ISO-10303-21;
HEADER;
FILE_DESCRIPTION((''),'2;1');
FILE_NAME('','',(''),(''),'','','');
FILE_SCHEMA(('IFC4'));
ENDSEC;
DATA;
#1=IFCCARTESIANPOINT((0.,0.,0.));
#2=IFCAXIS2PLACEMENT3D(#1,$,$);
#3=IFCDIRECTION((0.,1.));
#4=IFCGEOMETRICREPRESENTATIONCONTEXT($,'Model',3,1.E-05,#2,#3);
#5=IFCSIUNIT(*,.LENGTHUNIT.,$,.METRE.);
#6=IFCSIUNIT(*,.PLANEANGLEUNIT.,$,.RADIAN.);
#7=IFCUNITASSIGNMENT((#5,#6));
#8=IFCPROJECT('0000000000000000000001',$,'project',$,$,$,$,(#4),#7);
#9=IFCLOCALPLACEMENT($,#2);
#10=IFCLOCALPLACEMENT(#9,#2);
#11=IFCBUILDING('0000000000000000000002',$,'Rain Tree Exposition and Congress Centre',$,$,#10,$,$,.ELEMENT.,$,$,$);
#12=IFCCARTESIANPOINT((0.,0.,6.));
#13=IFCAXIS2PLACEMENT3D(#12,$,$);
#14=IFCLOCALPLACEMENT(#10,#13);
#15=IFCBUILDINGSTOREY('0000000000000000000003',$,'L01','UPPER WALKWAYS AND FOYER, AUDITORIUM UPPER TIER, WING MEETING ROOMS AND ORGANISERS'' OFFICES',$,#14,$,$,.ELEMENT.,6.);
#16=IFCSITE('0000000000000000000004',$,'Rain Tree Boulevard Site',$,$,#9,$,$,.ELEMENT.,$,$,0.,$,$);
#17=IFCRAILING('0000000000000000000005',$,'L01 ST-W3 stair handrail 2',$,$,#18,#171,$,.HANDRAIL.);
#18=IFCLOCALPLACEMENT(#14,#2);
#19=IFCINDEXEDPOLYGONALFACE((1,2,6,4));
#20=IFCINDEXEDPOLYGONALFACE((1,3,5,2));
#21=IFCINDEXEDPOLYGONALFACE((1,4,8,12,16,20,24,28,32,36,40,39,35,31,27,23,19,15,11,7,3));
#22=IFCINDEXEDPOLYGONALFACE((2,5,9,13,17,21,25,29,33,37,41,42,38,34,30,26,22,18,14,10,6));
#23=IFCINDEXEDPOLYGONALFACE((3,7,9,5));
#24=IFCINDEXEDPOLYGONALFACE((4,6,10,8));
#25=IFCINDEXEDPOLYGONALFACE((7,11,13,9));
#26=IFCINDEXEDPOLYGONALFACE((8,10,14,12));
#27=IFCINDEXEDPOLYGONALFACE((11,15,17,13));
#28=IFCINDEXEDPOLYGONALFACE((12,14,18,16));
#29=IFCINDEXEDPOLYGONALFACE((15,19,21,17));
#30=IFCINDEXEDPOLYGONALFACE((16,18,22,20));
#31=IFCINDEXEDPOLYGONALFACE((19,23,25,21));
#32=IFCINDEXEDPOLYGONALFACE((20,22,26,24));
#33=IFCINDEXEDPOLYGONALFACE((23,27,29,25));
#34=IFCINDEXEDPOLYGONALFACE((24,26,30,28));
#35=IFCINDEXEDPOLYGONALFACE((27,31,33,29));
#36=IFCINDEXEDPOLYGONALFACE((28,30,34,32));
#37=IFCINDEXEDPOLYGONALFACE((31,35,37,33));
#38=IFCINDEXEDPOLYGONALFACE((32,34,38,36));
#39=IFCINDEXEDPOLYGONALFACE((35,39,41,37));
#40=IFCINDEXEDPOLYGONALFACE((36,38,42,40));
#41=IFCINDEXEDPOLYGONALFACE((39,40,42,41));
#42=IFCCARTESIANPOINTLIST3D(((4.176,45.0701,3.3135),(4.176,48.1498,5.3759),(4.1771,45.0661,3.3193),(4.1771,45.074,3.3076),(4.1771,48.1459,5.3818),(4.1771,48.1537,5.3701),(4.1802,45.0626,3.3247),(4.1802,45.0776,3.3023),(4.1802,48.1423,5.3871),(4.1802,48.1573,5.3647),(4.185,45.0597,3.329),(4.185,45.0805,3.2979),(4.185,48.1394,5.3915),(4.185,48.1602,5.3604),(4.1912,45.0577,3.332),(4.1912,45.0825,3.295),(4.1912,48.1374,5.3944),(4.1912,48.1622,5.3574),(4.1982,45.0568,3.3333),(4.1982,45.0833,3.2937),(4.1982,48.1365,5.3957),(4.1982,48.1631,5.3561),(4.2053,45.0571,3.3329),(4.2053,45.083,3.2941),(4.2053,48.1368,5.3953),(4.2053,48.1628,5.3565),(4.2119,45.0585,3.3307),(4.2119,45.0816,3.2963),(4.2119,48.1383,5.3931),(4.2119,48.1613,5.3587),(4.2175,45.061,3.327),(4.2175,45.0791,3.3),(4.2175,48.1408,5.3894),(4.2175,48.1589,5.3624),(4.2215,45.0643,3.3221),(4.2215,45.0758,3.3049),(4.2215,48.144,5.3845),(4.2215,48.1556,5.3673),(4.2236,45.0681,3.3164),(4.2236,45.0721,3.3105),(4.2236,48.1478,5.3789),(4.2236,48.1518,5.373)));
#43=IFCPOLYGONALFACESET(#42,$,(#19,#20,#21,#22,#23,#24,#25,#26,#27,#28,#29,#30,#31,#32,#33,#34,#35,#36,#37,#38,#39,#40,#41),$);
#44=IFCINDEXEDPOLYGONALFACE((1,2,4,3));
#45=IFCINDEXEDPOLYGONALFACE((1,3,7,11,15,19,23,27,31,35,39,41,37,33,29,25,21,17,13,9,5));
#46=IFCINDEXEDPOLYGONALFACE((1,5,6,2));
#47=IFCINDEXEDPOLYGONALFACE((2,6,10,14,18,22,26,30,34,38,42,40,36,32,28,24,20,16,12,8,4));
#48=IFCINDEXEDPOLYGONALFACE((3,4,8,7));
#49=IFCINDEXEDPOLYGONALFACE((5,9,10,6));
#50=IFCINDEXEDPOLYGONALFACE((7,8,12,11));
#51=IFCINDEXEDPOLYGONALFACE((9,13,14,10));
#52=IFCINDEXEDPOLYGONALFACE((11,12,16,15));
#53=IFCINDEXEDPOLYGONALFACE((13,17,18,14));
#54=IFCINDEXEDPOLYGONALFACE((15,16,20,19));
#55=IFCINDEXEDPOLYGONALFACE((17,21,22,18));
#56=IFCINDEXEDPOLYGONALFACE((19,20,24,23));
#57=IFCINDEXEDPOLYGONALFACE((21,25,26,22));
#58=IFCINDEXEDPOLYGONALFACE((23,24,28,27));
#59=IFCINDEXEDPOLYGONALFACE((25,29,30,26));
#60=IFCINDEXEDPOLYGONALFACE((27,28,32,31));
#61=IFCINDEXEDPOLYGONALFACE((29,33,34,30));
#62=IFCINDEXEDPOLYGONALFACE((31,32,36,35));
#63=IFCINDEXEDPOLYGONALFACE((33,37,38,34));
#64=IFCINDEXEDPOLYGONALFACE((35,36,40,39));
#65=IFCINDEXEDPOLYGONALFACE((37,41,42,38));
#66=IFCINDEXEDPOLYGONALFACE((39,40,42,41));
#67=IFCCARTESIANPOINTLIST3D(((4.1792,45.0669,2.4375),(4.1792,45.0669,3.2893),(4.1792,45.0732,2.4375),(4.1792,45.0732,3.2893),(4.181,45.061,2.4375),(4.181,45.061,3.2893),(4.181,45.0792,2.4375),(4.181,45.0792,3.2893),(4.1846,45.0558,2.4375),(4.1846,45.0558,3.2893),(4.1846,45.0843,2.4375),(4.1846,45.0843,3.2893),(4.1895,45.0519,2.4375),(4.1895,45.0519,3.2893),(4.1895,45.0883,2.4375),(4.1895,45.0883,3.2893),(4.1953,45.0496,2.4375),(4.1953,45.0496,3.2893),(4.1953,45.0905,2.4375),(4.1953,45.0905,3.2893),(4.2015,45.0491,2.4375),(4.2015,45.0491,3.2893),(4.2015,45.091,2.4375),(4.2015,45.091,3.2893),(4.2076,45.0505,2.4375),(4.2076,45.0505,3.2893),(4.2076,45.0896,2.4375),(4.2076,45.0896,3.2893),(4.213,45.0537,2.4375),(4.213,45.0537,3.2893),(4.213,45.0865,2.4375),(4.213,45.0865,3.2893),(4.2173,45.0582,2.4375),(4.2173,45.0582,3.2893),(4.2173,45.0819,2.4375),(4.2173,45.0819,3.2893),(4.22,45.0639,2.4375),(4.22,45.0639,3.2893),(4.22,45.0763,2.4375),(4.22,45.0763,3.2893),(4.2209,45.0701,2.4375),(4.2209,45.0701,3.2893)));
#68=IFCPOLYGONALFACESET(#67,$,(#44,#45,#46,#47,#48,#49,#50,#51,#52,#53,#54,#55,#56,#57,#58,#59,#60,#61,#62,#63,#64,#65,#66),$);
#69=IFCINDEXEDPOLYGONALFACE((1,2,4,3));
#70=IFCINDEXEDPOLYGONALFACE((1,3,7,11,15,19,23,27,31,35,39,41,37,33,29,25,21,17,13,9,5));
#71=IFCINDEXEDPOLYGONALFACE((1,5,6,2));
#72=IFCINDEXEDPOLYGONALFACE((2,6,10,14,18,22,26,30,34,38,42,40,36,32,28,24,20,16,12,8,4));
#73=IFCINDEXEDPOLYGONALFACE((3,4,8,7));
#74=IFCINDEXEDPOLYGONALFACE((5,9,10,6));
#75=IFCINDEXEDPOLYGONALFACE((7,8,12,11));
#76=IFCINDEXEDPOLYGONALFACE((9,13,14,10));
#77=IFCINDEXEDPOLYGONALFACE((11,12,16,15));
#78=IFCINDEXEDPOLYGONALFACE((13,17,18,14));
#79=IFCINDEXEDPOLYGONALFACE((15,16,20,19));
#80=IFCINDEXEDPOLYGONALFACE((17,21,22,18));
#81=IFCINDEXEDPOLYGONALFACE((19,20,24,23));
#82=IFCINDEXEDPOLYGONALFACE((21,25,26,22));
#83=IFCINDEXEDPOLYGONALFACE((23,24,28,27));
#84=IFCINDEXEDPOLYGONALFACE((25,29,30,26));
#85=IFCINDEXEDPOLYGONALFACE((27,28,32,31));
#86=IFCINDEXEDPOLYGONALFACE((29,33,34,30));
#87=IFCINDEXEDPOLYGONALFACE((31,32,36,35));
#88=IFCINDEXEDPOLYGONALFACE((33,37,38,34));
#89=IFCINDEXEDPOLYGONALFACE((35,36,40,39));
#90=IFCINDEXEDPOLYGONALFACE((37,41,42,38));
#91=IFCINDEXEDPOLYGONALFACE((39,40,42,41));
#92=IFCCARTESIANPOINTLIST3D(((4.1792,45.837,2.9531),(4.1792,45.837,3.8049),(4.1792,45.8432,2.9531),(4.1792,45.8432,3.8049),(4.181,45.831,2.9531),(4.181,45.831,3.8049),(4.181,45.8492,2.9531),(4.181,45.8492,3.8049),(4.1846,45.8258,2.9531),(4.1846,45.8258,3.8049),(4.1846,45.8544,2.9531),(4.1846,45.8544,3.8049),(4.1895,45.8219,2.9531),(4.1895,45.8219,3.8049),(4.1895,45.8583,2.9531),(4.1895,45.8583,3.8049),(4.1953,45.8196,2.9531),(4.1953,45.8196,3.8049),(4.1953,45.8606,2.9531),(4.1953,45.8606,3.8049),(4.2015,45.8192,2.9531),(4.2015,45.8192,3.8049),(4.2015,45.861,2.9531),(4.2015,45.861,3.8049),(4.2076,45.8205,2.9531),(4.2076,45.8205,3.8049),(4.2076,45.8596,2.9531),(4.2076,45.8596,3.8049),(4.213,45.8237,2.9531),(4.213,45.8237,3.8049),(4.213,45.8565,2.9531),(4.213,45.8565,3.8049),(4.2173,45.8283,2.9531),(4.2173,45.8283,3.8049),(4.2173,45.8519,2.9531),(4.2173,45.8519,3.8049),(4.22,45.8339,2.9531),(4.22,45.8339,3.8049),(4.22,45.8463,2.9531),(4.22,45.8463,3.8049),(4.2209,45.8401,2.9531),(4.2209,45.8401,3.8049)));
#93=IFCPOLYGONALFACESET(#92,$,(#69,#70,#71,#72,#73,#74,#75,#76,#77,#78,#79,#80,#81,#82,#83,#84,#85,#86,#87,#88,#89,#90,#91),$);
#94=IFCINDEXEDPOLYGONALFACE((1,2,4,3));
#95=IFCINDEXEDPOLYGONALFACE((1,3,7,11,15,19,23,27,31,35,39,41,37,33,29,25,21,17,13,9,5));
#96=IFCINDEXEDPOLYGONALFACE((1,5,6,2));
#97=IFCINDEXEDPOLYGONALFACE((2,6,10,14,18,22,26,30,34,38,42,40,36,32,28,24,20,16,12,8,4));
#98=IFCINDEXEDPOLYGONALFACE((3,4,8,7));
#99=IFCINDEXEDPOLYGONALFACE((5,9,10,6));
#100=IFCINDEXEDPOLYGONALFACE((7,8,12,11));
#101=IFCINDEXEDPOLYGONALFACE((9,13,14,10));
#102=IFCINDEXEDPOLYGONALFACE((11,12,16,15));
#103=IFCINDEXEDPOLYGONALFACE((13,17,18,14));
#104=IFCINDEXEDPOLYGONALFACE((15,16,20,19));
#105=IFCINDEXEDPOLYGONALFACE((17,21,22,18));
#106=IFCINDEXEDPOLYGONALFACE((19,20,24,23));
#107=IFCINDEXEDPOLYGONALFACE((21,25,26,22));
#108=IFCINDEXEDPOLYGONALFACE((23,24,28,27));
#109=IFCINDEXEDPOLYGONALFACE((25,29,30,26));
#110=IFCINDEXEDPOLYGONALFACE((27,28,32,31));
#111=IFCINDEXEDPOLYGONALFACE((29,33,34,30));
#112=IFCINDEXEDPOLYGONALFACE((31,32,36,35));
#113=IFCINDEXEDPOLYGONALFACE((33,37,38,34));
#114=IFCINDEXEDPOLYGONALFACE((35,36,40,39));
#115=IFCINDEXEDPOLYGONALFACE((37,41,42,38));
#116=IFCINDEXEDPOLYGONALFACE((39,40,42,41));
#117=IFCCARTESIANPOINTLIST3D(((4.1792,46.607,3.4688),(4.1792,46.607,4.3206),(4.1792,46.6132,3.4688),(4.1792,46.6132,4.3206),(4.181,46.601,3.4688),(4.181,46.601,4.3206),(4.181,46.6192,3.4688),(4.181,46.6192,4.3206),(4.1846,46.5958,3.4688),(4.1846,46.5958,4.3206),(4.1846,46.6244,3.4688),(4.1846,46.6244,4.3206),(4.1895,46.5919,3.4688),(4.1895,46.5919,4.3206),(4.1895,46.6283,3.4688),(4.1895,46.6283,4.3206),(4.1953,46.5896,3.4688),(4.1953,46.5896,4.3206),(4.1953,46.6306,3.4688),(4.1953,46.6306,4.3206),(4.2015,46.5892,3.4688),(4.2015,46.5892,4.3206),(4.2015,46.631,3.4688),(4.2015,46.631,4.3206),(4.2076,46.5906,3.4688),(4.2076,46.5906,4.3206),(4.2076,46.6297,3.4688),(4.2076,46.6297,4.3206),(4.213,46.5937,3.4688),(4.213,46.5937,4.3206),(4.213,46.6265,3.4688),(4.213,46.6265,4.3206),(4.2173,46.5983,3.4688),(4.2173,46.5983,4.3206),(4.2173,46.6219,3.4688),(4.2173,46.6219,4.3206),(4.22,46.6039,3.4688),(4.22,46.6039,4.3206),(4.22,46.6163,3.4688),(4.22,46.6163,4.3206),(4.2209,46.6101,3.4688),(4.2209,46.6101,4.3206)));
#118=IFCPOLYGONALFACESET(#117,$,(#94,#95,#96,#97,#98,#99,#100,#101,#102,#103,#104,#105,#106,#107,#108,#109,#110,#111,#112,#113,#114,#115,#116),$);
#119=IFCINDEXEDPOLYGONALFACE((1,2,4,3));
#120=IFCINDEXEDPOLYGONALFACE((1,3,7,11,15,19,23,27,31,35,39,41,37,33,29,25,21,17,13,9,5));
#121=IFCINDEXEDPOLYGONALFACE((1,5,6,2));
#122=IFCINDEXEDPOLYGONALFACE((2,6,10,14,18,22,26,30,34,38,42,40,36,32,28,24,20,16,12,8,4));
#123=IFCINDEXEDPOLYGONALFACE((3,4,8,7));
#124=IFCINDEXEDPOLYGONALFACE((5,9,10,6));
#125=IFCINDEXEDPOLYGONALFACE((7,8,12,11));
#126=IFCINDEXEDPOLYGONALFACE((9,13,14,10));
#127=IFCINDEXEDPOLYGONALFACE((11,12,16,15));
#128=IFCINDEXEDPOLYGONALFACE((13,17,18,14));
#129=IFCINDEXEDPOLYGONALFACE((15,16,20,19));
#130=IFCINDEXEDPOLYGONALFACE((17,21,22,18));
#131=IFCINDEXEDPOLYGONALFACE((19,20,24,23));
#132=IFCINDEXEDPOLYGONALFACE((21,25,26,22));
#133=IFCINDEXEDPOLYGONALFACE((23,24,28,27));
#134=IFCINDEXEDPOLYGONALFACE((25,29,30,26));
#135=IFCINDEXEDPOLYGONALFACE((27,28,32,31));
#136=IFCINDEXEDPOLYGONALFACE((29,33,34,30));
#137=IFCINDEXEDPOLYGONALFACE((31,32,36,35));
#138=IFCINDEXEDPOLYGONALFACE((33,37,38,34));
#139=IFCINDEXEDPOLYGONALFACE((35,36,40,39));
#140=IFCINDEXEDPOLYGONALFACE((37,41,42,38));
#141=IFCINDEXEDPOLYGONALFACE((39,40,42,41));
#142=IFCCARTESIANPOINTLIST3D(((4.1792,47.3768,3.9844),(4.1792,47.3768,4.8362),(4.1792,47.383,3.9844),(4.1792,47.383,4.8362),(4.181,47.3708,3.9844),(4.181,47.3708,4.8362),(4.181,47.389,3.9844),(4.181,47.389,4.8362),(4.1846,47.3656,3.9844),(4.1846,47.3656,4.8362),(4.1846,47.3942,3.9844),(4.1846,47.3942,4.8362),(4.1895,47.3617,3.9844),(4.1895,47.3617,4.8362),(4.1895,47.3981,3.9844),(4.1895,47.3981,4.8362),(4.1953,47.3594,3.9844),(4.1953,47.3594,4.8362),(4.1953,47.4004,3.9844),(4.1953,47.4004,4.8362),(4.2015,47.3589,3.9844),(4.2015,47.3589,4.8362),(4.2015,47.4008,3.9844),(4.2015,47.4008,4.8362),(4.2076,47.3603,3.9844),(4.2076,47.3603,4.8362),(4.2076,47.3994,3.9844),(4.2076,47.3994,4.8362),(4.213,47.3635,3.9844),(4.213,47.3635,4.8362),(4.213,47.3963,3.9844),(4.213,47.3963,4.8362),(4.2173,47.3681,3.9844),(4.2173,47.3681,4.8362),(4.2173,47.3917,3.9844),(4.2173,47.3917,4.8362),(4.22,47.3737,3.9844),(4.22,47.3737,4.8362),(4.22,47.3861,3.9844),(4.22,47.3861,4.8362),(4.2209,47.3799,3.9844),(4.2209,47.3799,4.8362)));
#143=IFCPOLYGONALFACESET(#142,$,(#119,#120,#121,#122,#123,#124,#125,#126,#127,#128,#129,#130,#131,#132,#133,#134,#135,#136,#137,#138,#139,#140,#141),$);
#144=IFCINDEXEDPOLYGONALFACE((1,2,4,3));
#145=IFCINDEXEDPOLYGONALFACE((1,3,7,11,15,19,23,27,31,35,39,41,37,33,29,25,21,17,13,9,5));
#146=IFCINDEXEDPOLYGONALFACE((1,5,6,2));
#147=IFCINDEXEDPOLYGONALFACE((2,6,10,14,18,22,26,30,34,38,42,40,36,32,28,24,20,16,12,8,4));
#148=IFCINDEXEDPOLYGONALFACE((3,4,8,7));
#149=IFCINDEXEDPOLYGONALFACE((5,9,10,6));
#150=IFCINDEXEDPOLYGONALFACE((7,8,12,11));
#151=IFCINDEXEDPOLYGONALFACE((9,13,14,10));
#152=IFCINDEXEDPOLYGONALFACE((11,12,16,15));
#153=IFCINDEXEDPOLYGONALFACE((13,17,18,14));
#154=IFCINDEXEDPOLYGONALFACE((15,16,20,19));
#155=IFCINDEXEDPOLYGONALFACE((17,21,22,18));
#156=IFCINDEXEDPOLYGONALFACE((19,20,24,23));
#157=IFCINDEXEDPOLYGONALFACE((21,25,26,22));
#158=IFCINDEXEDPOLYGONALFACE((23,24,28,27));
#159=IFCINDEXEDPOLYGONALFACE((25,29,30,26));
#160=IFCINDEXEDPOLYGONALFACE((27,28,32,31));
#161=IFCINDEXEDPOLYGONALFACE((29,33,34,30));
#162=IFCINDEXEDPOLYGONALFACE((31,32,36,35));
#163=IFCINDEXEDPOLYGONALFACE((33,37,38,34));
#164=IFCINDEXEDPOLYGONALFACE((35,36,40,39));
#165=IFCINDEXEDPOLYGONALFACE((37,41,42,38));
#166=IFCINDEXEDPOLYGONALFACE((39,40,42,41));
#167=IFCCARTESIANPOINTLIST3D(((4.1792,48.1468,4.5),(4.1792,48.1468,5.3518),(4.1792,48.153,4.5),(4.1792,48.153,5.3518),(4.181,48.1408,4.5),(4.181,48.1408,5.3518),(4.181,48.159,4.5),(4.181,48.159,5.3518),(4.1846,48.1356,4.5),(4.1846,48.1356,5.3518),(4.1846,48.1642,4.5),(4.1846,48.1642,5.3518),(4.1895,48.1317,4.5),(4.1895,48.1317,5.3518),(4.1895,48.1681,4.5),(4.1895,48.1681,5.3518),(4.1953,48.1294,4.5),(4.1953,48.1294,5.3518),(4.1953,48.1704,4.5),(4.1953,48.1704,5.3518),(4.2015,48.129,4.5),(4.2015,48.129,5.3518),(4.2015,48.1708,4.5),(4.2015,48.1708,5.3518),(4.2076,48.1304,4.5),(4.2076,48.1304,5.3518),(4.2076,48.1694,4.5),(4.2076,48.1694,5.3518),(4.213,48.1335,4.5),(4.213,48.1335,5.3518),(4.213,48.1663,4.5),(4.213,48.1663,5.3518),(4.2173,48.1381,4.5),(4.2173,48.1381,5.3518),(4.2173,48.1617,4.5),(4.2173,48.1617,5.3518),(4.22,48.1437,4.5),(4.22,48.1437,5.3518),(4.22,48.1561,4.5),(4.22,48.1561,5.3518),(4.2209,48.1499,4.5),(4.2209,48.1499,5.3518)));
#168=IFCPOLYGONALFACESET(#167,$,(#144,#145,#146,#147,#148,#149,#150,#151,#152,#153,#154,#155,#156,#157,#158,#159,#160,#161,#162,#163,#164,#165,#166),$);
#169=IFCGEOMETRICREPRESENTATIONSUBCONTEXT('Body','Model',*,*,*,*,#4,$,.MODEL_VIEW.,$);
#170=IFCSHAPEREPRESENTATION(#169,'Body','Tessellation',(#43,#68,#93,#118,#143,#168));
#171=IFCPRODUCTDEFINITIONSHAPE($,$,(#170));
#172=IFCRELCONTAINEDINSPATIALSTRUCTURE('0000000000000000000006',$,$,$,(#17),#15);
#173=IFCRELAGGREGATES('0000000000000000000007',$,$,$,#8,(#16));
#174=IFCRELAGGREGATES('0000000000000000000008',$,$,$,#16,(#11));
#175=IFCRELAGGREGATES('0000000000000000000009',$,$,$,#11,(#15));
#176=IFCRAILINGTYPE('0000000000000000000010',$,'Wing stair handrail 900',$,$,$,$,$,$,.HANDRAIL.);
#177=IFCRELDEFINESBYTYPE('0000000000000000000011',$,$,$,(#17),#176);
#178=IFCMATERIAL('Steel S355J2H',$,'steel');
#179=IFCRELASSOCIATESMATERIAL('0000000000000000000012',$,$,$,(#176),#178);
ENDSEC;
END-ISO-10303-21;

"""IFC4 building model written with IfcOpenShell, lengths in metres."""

from ifc_helpers import new_model, si_unit, direction, frame, origin, origin_2d, place, context, subcontext, project, spatial, circle, extrude, material, type_object, element, save


model = new_model("IFC4")

# Units and contexts
model_context = context("Model", 3, precision=1e-05, world=origin(), true_north=direction((0.0, 1.0)))
body_context = subcontext(model_context, "Body", "Model", "MODEL_VIEW")
ifc_project = project(units=[si_unit("LENGTHUNIT", "METRE"), si_unit("PLANEANGLEUNIT", "RADIAN")], contexts=[model_context])

# Site, building, storey
site_placement = place(None, origin())
site = spatial("IfcSite", under=ifc_project, at=site_placement, Name="Rain Tree Boulevard Site", CompositionType="ELEMENT", RefElevation=0.0)
building_placement = place(site_placement, origin())
building = spatial("IfcBuilding", under=site, at=building_placement, Name="Rain Tree Exposition and Congress Centre", CompositionType="ELEMENT")
storey_placement = place(building_placement, frame((0.0, 0.0, 6.0)))
storey = spatial("IfcBuildingStorey", under=building, at=storey_placement, Name="L01", Description="UPPER WALKWAYS AND FOYER, AUDITORIUM UPPER TIER, WING MEETING ROOMS AND ORGANISERS' OFFICES", CompositionType="ELEMENT", Elevation=6.0)

# Railing
ifc_material_1 = material(Name="Steel S355J2H", Category="steel")
railing_type_1 = type_object("IfcRailingType", Name="Wing stair handrail 900", PredefinedType="HANDRAIL", material=ifc_material_1)
railing_1_placement = place(storey_placement, frame((4.2, 45.0701, 2.4375)))
element("IfcRailing", 1, at=railing_1_placement, inside=storey, type_object=railing_type_1, Name="L01 ST-W3 stair handrail 2", PredefinedType="HANDRAIL", context=body_context, shape_type="SweptSolid", body=[
    extrude(circle(Radius=0.0239, at=origin_2d()), frame((0.0, 0.0, 0.876), z_axis=(0.0, 0.830893, 0.556432), x_axis=(-1.0, 0.0, 0.0)), (0.0, 0.0, 1.0), 3.7065),
    extrude(circle(Radius=0.021, at=origin_2d()), origin(), (0.0, 0.0, 1.0), 0.8518),
    extrude(circle(Radius=0.021, at=origin_2d()), frame((0.0, 0.77, 0.5156)), (0.0, 0.0, 1.0), 0.8518),
    extrude(circle(Radius=0.021, at=origin_2d()), frame((0.0, 1.54, 1.0312)), (0.0, 0.0, 1.0), 0.8518),
    extrude(circle(Radius=0.021, at=origin_2d()), frame((0.0, 2.3098, 1.5469)), (0.0, 0.0, 1.0), 0.8518),
    extrude(circle(Radius=0.021, at=origin_2d()), frame((0.0, 3.0798, 2.0625)), (0.0, 0.0, 1.0), 0.8518),
])

save(model, "model.ifc")
